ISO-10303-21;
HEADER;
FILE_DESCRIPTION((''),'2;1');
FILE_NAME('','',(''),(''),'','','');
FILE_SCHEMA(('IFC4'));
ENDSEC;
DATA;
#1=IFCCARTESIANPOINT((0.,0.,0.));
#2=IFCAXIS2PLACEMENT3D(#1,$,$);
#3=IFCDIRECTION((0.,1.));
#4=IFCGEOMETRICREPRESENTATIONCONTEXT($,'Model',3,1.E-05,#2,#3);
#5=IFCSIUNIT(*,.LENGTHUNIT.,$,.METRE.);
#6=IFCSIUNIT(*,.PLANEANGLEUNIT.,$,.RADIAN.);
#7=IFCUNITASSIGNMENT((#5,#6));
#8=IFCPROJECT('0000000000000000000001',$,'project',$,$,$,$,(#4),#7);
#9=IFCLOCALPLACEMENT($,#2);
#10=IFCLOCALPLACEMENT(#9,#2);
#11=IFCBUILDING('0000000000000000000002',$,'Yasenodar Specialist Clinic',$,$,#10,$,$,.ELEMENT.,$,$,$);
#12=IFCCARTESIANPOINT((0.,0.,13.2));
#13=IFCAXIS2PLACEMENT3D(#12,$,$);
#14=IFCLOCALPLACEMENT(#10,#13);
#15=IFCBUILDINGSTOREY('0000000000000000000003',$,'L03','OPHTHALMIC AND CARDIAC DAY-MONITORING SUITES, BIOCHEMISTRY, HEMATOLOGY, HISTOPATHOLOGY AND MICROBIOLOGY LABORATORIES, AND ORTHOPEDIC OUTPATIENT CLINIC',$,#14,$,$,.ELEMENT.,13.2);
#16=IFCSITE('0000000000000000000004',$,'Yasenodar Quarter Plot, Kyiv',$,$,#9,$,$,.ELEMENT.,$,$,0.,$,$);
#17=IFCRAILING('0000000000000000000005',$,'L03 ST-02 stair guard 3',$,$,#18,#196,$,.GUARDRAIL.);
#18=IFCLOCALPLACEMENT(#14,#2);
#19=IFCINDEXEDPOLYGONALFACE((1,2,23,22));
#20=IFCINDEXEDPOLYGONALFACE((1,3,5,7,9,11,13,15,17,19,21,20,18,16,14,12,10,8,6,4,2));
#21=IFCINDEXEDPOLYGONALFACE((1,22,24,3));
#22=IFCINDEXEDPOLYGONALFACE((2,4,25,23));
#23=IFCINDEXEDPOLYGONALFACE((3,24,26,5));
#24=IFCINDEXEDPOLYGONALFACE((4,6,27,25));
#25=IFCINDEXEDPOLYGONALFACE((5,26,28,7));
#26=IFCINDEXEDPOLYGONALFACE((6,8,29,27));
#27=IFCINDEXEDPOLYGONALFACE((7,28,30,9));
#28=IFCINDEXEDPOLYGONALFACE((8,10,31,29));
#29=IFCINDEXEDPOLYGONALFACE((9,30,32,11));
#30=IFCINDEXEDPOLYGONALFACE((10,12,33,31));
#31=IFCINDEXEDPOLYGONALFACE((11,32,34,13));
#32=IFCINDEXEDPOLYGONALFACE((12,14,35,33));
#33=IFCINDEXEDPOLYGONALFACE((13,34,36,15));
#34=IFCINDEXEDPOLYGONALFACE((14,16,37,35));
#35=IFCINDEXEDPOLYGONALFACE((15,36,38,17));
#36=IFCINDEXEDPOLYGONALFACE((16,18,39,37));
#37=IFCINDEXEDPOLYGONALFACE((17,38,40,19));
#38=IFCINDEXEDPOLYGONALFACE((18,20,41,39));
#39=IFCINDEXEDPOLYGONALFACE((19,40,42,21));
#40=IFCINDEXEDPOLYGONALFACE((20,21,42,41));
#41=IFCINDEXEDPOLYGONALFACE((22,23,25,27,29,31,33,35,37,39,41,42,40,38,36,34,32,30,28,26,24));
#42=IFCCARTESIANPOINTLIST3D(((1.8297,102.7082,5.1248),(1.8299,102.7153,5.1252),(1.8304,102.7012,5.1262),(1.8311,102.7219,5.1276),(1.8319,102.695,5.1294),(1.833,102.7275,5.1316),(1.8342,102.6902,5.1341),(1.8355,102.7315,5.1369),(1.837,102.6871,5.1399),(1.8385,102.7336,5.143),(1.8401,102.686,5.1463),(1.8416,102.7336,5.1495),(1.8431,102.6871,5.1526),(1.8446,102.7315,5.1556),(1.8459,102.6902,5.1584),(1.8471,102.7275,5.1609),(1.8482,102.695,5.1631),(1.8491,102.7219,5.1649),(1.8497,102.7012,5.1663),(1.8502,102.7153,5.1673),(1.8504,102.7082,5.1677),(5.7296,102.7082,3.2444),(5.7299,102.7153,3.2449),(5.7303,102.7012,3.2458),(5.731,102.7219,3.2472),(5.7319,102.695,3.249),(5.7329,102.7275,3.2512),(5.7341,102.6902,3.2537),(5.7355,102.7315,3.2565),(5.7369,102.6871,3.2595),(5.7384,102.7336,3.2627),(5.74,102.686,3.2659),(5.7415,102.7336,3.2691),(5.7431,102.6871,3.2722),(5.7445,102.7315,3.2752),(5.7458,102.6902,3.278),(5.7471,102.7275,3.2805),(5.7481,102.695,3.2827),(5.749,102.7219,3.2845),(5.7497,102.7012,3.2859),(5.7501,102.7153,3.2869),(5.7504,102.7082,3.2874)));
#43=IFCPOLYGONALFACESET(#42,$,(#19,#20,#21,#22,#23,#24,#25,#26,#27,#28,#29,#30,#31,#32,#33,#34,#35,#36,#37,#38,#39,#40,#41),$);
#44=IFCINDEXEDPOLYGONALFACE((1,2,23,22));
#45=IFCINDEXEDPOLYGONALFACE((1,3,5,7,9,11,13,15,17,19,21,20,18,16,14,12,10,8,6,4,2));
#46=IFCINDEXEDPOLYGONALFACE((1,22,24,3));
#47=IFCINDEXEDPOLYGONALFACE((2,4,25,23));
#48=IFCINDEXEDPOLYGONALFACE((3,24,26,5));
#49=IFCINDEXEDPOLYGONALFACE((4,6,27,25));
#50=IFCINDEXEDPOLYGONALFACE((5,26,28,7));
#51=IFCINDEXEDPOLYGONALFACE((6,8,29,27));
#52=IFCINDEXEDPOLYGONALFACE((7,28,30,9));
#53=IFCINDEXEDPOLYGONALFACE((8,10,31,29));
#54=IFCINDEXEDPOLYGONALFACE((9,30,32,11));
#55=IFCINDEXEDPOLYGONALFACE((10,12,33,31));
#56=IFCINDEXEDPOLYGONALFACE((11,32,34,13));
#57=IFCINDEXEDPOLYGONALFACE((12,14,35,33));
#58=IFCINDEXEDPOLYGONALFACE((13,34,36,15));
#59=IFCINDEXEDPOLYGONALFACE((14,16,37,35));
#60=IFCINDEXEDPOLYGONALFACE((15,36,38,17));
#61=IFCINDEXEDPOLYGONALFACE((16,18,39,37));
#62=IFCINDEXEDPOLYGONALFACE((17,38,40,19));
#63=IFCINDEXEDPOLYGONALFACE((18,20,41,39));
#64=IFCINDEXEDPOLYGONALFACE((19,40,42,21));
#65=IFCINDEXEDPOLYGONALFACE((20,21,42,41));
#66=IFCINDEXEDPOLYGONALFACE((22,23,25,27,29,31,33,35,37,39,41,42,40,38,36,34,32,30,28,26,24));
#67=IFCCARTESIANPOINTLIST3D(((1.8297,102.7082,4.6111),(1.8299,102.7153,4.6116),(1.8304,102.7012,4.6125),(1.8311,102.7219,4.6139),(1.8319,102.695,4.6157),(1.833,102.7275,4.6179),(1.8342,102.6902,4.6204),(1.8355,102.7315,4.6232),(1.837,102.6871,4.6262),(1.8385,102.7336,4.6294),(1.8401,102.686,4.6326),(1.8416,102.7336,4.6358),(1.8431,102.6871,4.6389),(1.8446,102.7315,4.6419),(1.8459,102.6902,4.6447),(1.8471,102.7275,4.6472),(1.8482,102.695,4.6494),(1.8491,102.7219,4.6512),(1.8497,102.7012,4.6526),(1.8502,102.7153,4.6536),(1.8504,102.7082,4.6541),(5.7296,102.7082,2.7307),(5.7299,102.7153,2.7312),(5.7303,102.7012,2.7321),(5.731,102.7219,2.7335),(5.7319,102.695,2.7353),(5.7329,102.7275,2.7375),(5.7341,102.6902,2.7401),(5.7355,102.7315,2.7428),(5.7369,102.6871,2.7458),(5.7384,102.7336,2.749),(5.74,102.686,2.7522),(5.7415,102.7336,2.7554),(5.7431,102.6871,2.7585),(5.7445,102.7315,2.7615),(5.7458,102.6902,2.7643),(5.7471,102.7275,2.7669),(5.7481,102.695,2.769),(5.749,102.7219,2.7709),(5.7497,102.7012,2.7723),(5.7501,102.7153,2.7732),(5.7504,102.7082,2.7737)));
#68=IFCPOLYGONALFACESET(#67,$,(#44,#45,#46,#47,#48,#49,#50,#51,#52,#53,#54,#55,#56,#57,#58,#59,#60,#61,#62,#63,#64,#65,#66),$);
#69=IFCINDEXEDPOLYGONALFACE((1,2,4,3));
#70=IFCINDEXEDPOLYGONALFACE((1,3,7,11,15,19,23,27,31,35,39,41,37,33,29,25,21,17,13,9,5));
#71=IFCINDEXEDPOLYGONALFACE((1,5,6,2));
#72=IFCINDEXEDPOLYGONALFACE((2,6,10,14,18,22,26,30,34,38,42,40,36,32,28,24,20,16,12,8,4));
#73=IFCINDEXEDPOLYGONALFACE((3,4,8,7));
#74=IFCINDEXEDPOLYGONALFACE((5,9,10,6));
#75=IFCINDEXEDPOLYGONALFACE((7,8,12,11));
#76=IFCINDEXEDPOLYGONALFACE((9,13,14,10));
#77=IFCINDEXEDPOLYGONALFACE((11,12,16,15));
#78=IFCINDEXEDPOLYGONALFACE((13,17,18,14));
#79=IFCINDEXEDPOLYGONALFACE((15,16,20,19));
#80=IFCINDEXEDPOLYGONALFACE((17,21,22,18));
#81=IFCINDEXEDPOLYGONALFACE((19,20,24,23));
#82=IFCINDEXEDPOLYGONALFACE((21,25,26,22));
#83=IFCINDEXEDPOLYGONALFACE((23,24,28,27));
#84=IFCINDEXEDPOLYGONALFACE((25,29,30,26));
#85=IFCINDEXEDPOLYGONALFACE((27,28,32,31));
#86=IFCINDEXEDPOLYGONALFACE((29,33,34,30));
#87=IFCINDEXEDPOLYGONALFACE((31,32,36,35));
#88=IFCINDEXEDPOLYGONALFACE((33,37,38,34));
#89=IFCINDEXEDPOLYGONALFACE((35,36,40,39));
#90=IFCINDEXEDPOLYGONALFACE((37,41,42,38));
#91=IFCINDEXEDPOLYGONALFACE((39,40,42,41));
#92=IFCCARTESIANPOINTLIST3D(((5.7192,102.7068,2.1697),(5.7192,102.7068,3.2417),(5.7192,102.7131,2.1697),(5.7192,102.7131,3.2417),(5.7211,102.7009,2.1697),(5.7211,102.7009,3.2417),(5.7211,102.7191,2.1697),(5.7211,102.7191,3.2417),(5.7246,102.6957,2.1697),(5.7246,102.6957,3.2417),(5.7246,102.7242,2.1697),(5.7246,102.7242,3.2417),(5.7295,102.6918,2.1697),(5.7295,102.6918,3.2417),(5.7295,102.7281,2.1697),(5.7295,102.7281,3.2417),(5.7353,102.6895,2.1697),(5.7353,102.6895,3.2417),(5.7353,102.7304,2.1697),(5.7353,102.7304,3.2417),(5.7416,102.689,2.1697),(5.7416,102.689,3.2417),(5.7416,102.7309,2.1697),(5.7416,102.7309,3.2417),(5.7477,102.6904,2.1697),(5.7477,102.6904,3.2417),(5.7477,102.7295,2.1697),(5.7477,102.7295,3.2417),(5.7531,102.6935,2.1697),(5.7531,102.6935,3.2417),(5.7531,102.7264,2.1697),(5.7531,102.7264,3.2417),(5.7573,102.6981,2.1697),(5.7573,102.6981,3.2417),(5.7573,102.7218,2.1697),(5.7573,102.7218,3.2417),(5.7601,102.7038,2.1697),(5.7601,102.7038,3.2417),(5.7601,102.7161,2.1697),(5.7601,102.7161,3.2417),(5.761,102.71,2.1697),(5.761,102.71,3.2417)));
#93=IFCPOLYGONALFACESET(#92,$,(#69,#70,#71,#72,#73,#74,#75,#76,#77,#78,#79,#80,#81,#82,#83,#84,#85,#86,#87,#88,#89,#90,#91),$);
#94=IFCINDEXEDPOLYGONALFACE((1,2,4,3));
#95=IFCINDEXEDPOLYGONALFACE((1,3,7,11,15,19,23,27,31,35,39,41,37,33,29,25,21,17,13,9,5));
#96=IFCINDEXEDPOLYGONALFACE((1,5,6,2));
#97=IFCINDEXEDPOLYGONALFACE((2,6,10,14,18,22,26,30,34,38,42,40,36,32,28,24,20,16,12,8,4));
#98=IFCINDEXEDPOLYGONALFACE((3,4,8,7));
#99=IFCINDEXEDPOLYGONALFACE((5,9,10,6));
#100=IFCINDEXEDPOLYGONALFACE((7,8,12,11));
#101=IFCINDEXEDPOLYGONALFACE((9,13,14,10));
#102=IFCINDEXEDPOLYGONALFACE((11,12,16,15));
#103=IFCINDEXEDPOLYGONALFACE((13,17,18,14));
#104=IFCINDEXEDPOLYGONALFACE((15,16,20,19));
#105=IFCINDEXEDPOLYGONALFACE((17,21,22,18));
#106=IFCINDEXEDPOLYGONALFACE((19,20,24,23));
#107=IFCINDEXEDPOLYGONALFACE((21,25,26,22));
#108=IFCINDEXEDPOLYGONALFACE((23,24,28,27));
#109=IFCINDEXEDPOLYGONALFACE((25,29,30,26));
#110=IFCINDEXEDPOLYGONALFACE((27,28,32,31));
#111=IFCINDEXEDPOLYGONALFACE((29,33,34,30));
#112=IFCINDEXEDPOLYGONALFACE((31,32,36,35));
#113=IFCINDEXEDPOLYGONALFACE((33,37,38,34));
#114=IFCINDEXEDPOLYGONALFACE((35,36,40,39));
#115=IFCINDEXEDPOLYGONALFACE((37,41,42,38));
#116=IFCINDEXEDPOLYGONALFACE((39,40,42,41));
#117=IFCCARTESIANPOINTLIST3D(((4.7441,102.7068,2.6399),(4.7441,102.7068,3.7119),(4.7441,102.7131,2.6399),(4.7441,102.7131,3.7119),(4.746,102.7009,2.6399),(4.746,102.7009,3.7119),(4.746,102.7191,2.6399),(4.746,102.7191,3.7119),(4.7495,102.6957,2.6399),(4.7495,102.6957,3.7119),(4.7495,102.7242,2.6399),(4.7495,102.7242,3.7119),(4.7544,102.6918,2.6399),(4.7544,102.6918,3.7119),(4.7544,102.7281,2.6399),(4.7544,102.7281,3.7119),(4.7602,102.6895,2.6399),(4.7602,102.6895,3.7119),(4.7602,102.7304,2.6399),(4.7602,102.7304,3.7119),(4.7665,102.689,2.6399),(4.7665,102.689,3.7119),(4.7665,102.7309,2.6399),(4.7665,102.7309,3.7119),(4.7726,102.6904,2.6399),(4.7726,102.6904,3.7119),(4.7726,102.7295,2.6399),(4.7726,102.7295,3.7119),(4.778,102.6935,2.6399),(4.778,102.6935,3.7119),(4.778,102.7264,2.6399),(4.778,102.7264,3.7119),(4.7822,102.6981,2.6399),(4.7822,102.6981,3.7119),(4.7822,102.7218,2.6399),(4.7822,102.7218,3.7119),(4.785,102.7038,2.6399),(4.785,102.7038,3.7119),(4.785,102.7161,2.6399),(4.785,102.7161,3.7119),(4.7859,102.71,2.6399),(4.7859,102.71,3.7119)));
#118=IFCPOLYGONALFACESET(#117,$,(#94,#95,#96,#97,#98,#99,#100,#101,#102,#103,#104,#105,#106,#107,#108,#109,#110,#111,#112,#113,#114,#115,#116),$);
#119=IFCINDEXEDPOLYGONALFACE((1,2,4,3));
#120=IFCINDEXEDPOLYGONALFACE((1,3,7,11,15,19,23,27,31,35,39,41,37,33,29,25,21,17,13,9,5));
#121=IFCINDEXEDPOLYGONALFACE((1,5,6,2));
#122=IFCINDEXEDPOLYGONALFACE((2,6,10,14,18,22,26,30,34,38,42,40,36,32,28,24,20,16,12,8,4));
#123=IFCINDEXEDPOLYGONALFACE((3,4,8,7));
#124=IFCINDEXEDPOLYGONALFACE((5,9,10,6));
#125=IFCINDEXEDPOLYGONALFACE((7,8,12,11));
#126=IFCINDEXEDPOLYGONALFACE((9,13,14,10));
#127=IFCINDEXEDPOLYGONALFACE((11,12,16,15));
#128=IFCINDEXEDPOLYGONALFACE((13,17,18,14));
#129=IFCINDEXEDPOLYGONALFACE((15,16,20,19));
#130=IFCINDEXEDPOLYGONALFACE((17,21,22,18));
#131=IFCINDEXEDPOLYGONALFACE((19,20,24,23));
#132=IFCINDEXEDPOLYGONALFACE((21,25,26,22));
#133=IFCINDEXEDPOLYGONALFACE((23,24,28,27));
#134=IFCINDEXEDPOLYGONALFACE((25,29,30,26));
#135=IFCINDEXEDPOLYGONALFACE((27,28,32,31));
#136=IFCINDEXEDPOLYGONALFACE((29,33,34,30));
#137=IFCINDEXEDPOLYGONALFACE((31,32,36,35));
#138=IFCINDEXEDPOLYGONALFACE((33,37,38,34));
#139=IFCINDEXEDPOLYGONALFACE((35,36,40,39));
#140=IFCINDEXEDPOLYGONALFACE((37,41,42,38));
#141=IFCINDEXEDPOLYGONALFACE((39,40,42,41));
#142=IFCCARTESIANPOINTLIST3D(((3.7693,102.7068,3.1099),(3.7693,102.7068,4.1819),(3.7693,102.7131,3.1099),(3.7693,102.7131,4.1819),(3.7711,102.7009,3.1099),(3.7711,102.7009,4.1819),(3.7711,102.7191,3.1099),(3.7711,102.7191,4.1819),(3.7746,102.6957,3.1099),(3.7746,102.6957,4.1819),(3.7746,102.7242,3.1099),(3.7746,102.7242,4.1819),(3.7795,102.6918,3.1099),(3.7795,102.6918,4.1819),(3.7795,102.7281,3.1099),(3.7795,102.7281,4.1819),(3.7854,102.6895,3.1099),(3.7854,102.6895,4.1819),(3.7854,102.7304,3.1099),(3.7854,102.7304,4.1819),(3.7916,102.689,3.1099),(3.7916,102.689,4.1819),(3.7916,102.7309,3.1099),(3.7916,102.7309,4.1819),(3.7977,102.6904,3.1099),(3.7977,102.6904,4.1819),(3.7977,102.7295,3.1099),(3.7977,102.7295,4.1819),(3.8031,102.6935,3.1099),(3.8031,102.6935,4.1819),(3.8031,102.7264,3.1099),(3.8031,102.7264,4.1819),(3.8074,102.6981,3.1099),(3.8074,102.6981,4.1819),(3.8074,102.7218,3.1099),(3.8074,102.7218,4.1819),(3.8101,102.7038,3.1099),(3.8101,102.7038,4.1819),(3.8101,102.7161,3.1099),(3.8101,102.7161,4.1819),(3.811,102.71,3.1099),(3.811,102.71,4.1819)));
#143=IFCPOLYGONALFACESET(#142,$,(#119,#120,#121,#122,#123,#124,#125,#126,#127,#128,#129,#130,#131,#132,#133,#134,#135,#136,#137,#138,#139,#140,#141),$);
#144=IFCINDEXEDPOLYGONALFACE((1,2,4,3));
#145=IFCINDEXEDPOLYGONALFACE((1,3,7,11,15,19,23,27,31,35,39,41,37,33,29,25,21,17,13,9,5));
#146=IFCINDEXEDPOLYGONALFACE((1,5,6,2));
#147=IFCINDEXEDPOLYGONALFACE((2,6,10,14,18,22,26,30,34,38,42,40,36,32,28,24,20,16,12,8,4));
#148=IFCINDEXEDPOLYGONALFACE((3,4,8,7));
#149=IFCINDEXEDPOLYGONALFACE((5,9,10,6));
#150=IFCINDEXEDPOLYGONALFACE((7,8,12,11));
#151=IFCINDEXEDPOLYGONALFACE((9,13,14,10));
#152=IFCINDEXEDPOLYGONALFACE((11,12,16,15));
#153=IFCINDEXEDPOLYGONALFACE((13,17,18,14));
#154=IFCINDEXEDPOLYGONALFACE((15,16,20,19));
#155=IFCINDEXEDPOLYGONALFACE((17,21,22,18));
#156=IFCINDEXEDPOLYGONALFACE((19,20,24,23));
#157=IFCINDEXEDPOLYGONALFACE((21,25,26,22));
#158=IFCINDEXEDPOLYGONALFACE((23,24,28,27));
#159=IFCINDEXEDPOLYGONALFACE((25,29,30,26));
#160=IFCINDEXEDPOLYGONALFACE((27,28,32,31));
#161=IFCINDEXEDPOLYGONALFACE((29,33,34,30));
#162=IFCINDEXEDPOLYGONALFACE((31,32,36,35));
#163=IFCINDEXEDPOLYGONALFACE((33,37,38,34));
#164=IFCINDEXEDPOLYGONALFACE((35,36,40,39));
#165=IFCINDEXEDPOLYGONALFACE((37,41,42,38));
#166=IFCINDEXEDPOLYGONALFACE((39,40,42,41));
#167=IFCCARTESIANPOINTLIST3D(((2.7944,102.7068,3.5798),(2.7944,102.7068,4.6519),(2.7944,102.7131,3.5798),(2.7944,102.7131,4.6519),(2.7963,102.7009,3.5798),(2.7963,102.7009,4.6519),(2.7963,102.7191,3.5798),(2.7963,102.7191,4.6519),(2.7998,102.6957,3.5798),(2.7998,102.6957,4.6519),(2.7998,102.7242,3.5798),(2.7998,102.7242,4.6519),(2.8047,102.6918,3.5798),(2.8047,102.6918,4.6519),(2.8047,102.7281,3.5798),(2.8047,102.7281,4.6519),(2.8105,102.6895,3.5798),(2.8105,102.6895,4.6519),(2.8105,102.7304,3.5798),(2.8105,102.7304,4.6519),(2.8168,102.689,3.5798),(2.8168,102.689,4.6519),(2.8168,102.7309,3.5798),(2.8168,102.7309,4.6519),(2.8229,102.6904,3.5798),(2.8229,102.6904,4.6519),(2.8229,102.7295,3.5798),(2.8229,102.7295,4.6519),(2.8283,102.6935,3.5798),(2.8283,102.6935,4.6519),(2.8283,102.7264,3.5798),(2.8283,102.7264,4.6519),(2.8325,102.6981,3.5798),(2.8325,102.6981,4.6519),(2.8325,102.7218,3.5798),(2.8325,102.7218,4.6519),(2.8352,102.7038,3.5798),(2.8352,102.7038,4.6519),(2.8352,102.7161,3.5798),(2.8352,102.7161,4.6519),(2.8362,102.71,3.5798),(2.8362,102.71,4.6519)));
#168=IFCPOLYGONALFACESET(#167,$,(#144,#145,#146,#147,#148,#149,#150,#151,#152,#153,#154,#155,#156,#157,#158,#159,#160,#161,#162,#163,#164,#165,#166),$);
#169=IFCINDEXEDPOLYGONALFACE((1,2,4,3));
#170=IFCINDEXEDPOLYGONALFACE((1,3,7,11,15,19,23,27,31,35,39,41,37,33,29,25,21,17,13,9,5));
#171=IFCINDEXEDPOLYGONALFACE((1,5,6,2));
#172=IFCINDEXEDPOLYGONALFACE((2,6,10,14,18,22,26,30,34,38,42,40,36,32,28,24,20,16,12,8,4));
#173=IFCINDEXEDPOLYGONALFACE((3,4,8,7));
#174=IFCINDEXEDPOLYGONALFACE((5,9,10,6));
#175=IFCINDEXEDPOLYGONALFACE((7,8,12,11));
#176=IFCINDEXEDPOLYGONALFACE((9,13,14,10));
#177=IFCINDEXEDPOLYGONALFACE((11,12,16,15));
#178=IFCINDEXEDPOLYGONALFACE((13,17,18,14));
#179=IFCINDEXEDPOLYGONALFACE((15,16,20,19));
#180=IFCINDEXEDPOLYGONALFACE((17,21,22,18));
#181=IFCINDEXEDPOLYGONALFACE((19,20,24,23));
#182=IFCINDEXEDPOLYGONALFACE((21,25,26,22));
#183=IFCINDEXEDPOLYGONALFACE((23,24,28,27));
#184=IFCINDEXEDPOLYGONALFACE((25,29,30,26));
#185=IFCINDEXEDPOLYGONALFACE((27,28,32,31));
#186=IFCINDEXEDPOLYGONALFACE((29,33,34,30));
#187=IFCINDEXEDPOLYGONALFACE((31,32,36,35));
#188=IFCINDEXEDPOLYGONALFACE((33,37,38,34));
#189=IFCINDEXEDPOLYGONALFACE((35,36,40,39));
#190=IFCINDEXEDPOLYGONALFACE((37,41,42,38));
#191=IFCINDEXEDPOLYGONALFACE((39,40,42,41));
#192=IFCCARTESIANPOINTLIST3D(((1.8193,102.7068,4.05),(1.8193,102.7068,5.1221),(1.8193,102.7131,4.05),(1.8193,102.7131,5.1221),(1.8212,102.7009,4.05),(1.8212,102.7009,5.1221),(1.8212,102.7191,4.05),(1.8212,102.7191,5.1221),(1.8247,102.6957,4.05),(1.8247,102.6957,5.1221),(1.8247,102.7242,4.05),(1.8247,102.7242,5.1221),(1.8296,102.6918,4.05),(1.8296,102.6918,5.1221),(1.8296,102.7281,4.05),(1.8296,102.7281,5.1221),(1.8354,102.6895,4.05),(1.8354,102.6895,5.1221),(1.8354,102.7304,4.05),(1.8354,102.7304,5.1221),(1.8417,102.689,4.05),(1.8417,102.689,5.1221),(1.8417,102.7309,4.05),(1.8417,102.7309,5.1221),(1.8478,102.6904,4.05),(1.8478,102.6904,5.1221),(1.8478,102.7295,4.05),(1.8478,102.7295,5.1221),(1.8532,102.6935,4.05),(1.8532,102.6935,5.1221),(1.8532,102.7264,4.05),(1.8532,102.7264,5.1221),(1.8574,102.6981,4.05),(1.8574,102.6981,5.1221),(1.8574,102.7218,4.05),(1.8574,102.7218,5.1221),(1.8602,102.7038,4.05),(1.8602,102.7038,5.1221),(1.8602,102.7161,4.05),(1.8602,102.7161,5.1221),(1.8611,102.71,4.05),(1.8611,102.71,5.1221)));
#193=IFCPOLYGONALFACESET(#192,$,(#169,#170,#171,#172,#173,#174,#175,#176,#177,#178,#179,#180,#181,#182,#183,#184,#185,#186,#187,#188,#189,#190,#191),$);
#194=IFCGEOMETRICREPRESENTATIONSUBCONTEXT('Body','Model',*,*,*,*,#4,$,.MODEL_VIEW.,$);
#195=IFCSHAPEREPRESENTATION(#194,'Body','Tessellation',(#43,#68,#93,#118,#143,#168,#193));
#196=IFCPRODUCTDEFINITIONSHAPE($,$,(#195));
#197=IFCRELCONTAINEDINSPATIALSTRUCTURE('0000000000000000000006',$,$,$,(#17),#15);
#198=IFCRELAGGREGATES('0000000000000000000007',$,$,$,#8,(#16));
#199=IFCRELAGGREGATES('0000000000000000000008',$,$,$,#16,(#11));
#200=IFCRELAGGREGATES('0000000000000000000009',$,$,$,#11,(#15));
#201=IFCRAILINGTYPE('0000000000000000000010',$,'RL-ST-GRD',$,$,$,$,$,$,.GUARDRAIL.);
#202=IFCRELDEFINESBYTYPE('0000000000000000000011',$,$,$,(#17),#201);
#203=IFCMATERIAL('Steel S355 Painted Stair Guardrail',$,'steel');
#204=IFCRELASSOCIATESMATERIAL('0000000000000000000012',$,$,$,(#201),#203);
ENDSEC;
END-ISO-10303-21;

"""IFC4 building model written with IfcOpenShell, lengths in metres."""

from ifc_helpers import new_model, si_unit, direction, frame, origin, origin_2d, place, context, subcontext, project, spatial, circle, extrude, material, type_object, element, save


model = new_model("IFC4")

# Units and contexts
model_context = context("Model", 3, precision=1e-05, world=origin(), true_north=direction((0.0, 1.0)))
body_context = subcontext(model_context, "Body", "Model", "MODEL_VIEW")
ifc_project = project(units=[si_unit("LENGTHUNIT", "METRE"), si_unit("PLANEANGLEUNIT", "RADIAN")], contexts=[model_context])

# Site, building, storey
site_placement = place(None, origin())
site = spatial("IfcSite", under=ifc_project, at=site_placement, Name="Yasenodar Quarter Plot, Kyiv", CompositionType="ELEMENT", RefElevation=0.0)
building_placement = place(site_placement, origin())
building = spatial("IfcBuilding", under=site, at=building_placement, Name="Yasenodar Specialist Clinic", CompositionType="ELEMENT")
storey_placement = place(building_placement, frame((0.0, 0.0, 13.2)))
storey = spatial("IfcBuildingStorey", under=building, at=storey_placement, Name="L03", Description="OPHTHALMIC AND CARDIAC DAY-MONITORING SUITES, BIOCHEMISTRY, HEMATOLOGY, HISTOPATHOLOGY AND MICROBIOLOGY LABORATORIES, AND ORTHOPEDIC OUTPATIENT CLINIC", CompositionType="ELEMENT", Elevation=13.2)

# Railing
ifc_material_1 = material(Name="Steel S355 Painted Stair Guardrail", Category="steel")
railing_type_1 = type_object("IfcRailingType", Name="RL-ST-GRD", PredefinedType="GUARDRAIL", material=ifc_material_1)
railing_1_placement = place(storey_placement, frame((5.74, 102.71, 2.1697)))
element("IfcRailing", 1, at=railing_1_placement, inside=storey, type_object=railing_type_1, Name="L03 ST-02 stair guard 3", PredefinedType="GUARDRAIL", context=body_context, shape_type="SweptSolid", body=[
    extrude(circle(Radius=0.0239, at=origin_2d()), frame((0.0, 0.0, 1.0962), z_axis=(-0.900763, 0.0, 0.434311), x_axis=(0.0, -1.0, 0.0)), (0.0, 0.0, 1.0), 4.3296),
    extrude(circle(Radius=0.0239, at=origin_2d()), frame((0.0, 0.0, 0.5825), z_axis=(-0.900763, 0.0, 0.434311), x_axis=(0.0, -1.0, 0.0)), (0.0, 0.0, 1.0), 4.3296),
    extrude(circle(Radius=0.021, at=origin_2d()), origin(), (0.0, 0.0, 1.0), 1.072),
    extrude(circle(Radius=0.021, at=origin_2d()), frame((-0.9751, 0.0, 0.4702)), (0.0, 0.0, 1.0), 1.072),
    extrude(circle(Radius=0.021, at=origin_2d()), frame((-1.95, 0.0, 0.9402)), (0.0, 0.0, 1.0), 1.072),
    extrude(circle(Radius=0.021, at=origin_2d()), frame((-2.9248, 0.0, 1.4102)), (0.0, 0.0, 1.0), 1.072),
    extrude(circle(Radius=0.021, at=origin_2d()), frame((-3.8999, 0.0, 1.8804)), (0.0, 0.0, 1.0), 1.072),
])

save(model, "model.ifc")
